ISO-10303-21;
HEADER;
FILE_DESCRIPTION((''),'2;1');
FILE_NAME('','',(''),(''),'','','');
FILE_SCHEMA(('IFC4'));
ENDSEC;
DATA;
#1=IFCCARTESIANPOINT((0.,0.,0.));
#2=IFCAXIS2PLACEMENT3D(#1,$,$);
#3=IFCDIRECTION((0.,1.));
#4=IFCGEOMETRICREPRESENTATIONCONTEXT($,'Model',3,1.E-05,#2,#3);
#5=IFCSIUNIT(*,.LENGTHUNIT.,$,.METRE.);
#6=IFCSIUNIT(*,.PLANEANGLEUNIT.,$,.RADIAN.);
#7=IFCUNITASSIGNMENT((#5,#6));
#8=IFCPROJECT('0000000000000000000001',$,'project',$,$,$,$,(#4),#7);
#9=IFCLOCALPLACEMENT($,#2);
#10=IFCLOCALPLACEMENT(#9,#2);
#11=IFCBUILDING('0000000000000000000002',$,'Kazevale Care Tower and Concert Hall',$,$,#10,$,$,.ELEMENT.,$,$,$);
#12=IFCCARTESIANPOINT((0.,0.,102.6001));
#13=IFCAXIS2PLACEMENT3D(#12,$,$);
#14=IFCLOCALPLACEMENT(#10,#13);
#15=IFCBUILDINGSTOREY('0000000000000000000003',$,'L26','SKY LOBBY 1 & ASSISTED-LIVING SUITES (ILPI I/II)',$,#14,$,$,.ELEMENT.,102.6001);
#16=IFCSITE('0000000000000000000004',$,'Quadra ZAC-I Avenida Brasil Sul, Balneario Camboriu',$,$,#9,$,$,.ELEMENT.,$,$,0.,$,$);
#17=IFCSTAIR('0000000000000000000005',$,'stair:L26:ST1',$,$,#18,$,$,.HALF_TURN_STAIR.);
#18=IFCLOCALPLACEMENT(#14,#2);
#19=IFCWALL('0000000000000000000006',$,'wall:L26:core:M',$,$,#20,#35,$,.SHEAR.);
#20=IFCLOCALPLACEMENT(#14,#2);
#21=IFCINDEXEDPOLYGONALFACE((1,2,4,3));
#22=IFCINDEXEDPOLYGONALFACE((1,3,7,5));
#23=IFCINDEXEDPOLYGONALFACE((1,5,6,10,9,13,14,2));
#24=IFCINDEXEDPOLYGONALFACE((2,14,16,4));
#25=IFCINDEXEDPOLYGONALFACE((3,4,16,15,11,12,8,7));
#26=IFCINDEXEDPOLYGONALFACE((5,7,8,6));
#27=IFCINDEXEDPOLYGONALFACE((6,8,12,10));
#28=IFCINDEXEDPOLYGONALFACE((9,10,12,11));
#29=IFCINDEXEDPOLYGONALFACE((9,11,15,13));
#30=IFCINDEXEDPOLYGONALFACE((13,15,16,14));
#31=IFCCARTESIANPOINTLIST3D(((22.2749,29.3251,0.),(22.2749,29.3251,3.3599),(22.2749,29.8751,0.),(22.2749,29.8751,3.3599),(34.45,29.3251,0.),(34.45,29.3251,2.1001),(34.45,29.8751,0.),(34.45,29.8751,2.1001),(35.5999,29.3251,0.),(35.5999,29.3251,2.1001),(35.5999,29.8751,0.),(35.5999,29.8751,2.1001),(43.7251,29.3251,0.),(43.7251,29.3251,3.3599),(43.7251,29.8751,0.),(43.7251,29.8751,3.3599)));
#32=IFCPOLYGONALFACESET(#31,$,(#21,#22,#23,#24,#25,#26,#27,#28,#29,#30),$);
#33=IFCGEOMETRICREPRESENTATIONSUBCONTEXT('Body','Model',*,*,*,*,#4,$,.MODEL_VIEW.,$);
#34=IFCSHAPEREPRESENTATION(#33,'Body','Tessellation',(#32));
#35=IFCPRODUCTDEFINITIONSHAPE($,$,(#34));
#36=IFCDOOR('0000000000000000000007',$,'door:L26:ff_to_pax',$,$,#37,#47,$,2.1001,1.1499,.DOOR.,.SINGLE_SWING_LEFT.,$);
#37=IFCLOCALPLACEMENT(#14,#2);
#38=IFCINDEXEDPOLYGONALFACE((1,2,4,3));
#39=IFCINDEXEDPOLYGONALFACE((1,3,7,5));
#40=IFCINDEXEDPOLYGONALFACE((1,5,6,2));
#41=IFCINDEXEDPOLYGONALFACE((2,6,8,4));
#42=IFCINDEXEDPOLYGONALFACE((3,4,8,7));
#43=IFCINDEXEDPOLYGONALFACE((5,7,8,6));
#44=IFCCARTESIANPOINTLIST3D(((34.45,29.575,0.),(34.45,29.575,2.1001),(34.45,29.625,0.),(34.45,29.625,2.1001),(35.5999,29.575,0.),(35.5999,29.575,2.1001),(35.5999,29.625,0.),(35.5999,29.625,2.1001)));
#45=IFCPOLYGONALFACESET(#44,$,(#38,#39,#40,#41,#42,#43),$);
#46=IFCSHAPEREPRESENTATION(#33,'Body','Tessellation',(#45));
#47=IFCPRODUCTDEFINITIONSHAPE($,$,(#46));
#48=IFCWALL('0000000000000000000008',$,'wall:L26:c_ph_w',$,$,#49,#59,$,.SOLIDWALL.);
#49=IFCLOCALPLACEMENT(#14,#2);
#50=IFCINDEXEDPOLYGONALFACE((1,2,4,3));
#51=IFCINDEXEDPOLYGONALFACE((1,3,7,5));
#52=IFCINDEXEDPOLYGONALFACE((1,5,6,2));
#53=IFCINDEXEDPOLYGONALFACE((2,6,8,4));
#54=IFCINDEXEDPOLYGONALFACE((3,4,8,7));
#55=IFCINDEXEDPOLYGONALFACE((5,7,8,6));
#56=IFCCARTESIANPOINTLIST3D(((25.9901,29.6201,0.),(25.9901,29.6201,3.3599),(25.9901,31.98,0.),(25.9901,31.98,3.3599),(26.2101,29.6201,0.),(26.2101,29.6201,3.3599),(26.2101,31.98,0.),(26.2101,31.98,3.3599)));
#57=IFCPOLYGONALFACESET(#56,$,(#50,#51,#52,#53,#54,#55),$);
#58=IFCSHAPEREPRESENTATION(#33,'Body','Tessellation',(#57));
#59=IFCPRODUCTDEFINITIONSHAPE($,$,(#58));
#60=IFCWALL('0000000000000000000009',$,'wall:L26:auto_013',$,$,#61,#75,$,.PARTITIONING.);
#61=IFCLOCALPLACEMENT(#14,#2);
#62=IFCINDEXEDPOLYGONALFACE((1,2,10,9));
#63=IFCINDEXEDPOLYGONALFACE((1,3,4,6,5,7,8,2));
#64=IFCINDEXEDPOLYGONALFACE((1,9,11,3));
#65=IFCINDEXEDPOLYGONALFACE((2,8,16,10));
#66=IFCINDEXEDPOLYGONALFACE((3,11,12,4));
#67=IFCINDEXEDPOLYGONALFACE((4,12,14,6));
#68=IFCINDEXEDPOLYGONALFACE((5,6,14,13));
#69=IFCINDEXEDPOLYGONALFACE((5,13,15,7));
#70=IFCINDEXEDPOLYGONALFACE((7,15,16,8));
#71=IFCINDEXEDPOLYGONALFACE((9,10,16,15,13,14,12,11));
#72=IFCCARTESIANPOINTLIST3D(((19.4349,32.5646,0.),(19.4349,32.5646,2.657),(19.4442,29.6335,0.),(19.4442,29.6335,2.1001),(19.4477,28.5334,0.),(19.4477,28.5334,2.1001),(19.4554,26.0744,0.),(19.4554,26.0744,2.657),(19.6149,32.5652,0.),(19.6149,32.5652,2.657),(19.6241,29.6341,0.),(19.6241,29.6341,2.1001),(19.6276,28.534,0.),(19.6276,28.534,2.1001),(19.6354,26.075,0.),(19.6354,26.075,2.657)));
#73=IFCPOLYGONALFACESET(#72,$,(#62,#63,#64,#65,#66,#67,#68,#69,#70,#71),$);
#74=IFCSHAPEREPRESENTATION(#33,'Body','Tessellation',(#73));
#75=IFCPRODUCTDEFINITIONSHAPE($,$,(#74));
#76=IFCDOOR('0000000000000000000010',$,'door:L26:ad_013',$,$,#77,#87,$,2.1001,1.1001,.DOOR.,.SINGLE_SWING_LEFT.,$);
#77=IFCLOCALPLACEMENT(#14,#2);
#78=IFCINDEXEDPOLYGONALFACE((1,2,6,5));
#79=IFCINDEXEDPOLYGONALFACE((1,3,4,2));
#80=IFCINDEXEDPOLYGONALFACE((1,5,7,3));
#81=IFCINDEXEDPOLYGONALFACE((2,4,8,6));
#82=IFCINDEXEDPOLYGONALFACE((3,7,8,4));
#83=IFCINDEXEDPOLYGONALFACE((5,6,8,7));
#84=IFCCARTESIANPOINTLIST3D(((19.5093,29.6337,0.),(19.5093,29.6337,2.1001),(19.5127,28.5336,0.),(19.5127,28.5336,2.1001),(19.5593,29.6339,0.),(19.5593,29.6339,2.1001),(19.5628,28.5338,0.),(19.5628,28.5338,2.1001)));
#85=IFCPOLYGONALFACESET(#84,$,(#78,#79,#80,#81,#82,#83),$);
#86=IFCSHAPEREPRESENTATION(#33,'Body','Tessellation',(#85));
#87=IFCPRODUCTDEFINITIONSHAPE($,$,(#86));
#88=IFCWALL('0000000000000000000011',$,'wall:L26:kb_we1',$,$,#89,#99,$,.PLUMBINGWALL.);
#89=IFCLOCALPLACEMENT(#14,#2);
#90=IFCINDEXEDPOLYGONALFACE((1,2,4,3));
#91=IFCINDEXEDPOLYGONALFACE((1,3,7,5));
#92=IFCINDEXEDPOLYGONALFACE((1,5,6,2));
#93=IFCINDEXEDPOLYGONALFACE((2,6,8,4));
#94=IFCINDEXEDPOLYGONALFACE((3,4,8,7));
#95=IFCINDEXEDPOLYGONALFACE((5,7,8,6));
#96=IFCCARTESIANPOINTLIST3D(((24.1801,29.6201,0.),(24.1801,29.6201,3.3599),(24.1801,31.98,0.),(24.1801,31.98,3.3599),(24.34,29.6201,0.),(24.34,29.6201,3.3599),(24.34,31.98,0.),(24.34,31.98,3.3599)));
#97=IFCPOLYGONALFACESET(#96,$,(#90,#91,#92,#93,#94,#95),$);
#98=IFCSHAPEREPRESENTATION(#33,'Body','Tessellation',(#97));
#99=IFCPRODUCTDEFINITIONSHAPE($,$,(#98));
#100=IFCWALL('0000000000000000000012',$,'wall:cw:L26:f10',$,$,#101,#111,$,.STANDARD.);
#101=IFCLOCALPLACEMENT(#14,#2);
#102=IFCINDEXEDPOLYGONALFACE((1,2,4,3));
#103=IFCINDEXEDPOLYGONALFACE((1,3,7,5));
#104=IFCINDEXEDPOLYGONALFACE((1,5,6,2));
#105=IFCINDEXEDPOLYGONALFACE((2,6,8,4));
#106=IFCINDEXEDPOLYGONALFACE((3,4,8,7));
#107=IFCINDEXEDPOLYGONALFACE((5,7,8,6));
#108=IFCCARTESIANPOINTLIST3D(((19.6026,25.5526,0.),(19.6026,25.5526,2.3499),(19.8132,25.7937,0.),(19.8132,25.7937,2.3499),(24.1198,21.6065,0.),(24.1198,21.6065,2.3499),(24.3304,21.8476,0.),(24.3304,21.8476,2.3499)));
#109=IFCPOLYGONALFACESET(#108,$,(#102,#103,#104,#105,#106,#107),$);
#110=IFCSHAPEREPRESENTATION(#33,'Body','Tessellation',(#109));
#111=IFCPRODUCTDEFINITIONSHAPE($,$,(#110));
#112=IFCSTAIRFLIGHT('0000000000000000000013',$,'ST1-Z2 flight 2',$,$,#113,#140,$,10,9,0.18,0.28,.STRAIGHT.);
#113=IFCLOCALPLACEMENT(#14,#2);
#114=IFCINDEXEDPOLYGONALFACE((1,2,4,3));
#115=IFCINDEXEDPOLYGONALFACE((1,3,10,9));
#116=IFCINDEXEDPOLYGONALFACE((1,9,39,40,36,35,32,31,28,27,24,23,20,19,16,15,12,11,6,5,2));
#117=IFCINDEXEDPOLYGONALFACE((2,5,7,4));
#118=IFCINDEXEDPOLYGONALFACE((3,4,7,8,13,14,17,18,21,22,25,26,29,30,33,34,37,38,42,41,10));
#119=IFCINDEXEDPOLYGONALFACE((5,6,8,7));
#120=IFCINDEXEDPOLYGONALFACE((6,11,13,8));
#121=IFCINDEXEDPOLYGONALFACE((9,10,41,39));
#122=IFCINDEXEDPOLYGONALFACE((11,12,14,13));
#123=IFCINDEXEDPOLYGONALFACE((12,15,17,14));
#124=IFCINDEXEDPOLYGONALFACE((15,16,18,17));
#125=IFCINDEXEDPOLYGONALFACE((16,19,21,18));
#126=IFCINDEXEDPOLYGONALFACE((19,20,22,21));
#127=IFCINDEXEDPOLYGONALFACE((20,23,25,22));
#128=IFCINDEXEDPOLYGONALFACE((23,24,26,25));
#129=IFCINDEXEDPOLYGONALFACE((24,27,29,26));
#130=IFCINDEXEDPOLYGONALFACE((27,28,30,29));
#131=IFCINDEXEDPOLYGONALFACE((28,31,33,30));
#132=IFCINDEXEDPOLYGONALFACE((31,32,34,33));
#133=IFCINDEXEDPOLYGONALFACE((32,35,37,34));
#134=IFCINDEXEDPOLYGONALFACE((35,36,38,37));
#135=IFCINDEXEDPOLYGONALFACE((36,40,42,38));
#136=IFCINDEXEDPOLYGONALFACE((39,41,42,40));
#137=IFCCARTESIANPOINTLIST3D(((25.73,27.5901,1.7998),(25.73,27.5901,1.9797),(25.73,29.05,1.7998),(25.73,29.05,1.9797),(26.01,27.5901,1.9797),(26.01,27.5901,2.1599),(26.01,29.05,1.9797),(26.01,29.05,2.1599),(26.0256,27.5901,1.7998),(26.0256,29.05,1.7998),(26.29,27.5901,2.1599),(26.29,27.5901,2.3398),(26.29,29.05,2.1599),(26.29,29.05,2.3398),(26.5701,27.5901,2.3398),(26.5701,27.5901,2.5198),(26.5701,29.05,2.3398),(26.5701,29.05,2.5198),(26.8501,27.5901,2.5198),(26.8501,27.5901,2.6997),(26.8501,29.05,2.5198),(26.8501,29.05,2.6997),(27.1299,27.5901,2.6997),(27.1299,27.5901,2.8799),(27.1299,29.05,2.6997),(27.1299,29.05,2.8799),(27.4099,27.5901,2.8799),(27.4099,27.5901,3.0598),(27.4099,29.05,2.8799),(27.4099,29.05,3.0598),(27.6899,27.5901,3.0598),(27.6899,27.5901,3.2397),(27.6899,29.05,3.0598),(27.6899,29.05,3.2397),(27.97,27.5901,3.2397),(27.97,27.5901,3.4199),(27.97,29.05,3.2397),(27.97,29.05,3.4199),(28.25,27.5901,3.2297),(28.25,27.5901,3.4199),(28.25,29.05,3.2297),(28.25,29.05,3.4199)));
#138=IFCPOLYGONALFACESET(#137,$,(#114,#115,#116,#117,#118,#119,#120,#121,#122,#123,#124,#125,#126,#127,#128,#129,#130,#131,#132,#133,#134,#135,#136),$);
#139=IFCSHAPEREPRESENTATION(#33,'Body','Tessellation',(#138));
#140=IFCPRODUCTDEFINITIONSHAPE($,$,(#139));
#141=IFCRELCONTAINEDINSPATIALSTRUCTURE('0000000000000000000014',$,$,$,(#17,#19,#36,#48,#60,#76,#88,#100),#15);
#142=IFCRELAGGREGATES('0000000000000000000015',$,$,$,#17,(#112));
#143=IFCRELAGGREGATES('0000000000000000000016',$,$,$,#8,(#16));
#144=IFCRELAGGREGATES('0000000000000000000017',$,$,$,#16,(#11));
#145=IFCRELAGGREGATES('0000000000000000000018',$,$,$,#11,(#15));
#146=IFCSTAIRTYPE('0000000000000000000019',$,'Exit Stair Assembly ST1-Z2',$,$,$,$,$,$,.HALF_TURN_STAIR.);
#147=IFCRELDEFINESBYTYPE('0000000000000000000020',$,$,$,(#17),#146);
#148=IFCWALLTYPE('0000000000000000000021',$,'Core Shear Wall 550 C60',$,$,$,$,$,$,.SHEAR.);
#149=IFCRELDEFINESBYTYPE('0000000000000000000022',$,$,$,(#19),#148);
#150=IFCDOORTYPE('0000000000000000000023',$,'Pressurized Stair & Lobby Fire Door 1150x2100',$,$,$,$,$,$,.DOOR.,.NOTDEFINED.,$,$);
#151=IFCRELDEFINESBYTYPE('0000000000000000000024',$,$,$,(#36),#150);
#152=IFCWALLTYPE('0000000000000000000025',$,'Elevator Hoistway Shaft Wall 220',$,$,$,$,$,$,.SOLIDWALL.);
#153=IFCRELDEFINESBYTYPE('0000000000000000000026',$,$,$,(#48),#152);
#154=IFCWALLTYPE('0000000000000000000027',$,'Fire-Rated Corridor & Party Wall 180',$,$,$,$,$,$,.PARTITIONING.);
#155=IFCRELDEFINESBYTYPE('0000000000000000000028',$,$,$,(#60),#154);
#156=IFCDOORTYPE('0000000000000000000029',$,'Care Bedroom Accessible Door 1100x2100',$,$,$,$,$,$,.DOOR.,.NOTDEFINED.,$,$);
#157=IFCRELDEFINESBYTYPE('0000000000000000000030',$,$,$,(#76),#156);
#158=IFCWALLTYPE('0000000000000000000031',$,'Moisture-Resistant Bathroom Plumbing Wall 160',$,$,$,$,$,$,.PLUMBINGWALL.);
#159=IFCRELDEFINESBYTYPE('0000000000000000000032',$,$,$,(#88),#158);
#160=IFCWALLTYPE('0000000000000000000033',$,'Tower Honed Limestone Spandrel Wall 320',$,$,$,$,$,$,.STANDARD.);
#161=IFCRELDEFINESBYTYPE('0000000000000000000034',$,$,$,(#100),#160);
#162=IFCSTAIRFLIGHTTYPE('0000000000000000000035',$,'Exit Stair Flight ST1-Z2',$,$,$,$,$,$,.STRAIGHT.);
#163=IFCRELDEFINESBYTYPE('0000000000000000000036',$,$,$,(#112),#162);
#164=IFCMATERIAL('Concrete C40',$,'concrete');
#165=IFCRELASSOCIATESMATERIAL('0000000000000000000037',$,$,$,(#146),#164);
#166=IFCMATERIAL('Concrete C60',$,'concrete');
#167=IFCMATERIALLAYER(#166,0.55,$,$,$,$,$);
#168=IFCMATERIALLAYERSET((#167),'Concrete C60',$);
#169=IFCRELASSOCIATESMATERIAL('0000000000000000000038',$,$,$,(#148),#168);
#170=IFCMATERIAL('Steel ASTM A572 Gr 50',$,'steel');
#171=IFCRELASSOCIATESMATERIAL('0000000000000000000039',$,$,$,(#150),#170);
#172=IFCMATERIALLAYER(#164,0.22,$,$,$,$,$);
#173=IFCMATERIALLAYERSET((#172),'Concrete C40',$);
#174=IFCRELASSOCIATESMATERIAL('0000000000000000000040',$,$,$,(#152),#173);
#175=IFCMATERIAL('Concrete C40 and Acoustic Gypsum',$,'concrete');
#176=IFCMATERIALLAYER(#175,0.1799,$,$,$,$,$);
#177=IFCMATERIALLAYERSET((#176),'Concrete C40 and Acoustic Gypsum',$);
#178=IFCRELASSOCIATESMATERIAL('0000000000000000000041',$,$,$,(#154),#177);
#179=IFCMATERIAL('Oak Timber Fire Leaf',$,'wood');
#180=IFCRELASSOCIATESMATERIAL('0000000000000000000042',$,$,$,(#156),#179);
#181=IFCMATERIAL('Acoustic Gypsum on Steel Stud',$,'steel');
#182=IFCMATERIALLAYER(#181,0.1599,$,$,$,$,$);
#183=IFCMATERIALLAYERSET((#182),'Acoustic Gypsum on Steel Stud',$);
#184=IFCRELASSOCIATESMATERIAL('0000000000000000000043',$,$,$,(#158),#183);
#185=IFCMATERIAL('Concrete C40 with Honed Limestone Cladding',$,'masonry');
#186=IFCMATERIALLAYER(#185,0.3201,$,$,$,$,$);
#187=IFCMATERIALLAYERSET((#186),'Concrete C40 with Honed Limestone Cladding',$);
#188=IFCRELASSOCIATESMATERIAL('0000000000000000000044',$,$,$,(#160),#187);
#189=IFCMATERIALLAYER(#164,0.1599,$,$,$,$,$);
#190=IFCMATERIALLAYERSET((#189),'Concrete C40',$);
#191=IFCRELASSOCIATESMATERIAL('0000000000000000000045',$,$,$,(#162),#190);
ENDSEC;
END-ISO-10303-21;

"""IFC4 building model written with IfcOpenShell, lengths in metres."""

from ifc_helpers import new_model, si_unit, direction, frame, frame_2d, origin, place, context, subcontext, project, spatial, polyline, rectangle, outline, extrude, material, layer, layer_set, type_object, element, fill, aggregate, save


model = new_model("IFC4")

# Units and contexts
model_context = context("Model", 3, precision=1e-05, world=origin(), true_north=direction((0.0, 1.0)))
body_context = subcontext(model_context, "Body", "Model", "MODEL_VIEW")
ifc_project = project(units=[si_unit("LENGTHUNIT", "METRE"), si_unit("PLANEANGLEUNIT", "RADIAN")], contexts=[model_context])

# Site, building, storey
site_placement = place(None, origin())
site = spatial("IfcSite", under=ifc_project, at=site_placement, Name="Quadra ZAC-I Avenida Brasil Sul, Balneario Camboriu", CompositionType="ELEMENT", RefElevation=0.0)
building_placement = place(site_placement, origin())
building = spatial("IfcBuilding", under=site, at=building_placement, Name="Kazevale Care Tower and Concert Hall", CompositionType="ELEMENT")
storey_placement = place(building_placement, frame((0.0, 0.0, 102.6001)))
storey = spatial("IfcBuildingStorey", under=building, at=storey_placement, Name="L26", Description="SKY LOBBY 1 & ASSISTED-LIVING SUITES (ILPI I/II)", CompositionType="ELEMENT", Elevation=102.6001)

# Shared definitions
ifc_material_1 = material(Name="Concrete C60", Category="concrete")

# Shared definitions
ifc_material_2 = material(Name="Steel ASTM A572 Gr 50", Category="steel")

# Shared definitions
ifc_material_3 = material(Name="Concrete C40", Category="concrete")

# Stair
stair_type = type_object("IfcStairType", Name="Exit Stair Assembly ST1-Z2", PredefinedType="HALF_TURN_STAIR", material=ifc_material_3)
stair_1_placement = place(storey_placement, origin())
stair_1 = element("IfcStair", 1, at=stair_1_placement, inside=storey, type_object=stair_type, Name="stair:L26:ST1", PredefinedType="HALF_TURN_STAIR")

# Shared definitions
ifc_layer_1 = layer(ifc_material_1, 0.55)
ifc_layer_set_1 = layer_set([ifc_layer_1], Name="Concrete C60")
wall_type_1 = type_object("IfcWallType", Name="Core Shear Wall 550 C60", PredefinedType="SHEAR", material=ifc_layer_set_1)

# Wall, opening, door
wall_1_placement = place(storey_placement, frame((22.2749, 29.6001, 0.0), z_axis=(0.0, 0.0, 1.0), x_axis=(1.0, 0.0, 0.0)))
wall_1 = element("IfcWall", 2, at=wall_1_placement, inside=storey, type_object=wall_type_1, Name="wall:L26:core:M", PredefinedType="SHEAR", context=body_context, shape_type="SweptSolid", body=[
    extrude(rectangle(XDim=21.4502, YDim=0.55, at=frame_2d((10.7251, 0.0))), origin(), (0.0, 0.0, 1.0), 3.3599),
])
opening_1_placement = place(wall_1_placement, frame((12.175, 0.0, 0.0)))
opening_1 = element("IfcOpeningElement", 3, at=opening_1_placement, cuts=wall_1, PredefinedType="OPENING", context=body_context, shape_type="SweptSolid", body=[
    extrude(rectangle(XDim=1.1499, YDim=2.1001, at=frame_2d((0.575, 1.05))), frame((0.0, 0.2849, 0.0), z_axis=(0.0, -1.0, 0.0), x_axis=(1.0, 0.0, 0.0)), (0.0, 0.0, 1.0), 0.5701),
])
door_type_1 = type_object("IfcDoorType", Name="Pressurized Stair & Lobby Fire Door 1150x2100", OperationType="NOTDEFINED", PredefinedType="DOOR", material=ifc_material_2)
door_1_placement = place(opening_1_placement, origin())
door_1 = element("IfcDoor", 4, at=door_1_placement, inside=storey, type_object=door_type_1, Name="door:L26:ff_to_pax", OperationType="SINGLE_SWING_LEFT", OverallHeight=2.1001, OverallWidth=1.1499, PredefinedType="DOOR", context=body_context, shape_type="SweptSolid", body=[
    extrude(rectangle(XDim=1.1499, YDim=2.1001, at=frame_2d((0.575, 1.05))), frame((0.0, 0.0249, 0.0), z_axis=(0.0, -1.0, 0.0), x_axis=(1.0, 0.0, 0.0)), (0.0, 0.0, 1.0), 0.05),
])
fill(opening_1, door_1)

# Wall
ifc_layer_2 = layer(ifc_material_3, 0.22)
ifc_layer_set_2 = layer_set([ifc_layer_2], Name="Concrete C40")
wall_type_2 = type_object("IfcWallType", Name="Elevator Hoistway Shaft Wall 220", PredefinedType="SOLIDWALL", material=ifc_layer_set_2)
wall_2_placement = place(storey_placement, frame((26.1001, 29.6201, 0.0), z_axis=(0.0, 0.0, 1.0), x_axis=(0.0, 1.0, 0.0)))
element("IfcWall", 5, at=wall_2_placement, inside=storey, type_object=wall_type_2, Name="wall:L26:c_ph_w", PredefinedType="SOLIDWALL", context=body_context, shape_type="SweptSolid", body=[
    extrude(rectangle(XDim=2.3599, YDim=0.22, at=frame_2d((1.1799, 0.0))), origin(), (0.0, 0.0, 1.0), 3.3599),
])

# Wall, opening, door
ifc_material_4 = material(Name="Concrete C40 and Acoustic Gypsum", Category="concrete")
ifc_layer_3 = layer(ifc_material_4, 0.1799)
ifc_layer_set_3 = layer_set([ifc_layer_3], Name="Concrete C40 and Acoustic Gypsum")
wall_type_3 = type_object("IfcWallType", Name="Fire-Rated Corridor & Party Wall 180", PredefinedType="PARTITIONING", material=ifc_layer_set_3)
wall_3_placement = place(storey_placement, frame((19.5454, 26.0747, 0.0), z_axis=(0.0, 0.0, 1.0), x_axis=(-0.00316, 0.999995, 0.0)))
wall_3 = element("IfcWall", 6, at=wall_3_placement, inside=storey, type_object=wall_type_3, Name="wall:L26:auto_013", PredefinedType="PARTITIONING", context=body_context, shape_type="SweptSolid", body=[
    extrude(rectangle(XDim=6.4902, YDim=0.1799, at=frame_2d((3.2451, 0.0))), origin(), (0.0, 0.0, 1.0), 2.657),
])
opening_2_placement = place(wall_3_placement, frame((2.459, 0.0, 0.0)))
opening_2 = element("IfcOpeningElement", 7, at=opening_2_placement, cuts=wall_3, PredefinedType="OPENING", context=body_context, shape_type="SweptSolid", body=[
    extrude(rectangle(XDim=1.1001, YDim=2.1001, at=frame_2d((0.55, 1.05))), frame((0.0, 0.0999, 0.0), z_axis=(0.0, -1.0, 0.0), x_axis=(1.0, 0.0, 0.0)), (0.0, 0.0, 1.0), 0.2),
])
ifc_material_5 = material(Name="Oak Timber Fire Leaf", Category="wood")
door_type_2 = type_object("IfcDoorType", Name="Care Bedroom Accessible Door 1100x2100", OperationType="NOTDEFINED", PredefinedType="DOOR", material=ifc_material_5)
door_2_placement = place(opening_2_placement, origin())
door_2 = element("IfcDoor", 8, at=door_2_placement, inside=storey, type_object=door_type_2, Name="door:L26:ad_013", OperationType="SINGLE_SWING_LEFT", OverallHeight=2.1001, OverallWidth=1.1001, PredefinedType="DOOR", context=body_context, shape_type="SweptSolid", body=[
    extrude(rectangle(XDim=1.1001, YDim=2.1001, at=frame_2d((0.55, 1.05))), frame((0.0, 0.0249, 0.0), z_axis=(0.0, -1.0, 0.0), x_axis=(1.0, 0.0, 0.0)), (0.0, 0.0, 1.0), 0.05),
])
fill(opening_2, door_2)

# Walls
ifc_material_6 = material(Name="Acoustic Gypsum on Steel Stud", Category="steel")
ifc_layer_4 = layer(ifc_material_6, 0.1599)
ifc_layer_set_4 = layer_set([ifc_layer_4], Name="Acoustic Gypsum on Steel Stud")
wall_type_4 = type_object("IfcWallType", Name="Moisture-Resistant Bathroom Plumbing Wall 160", PredefinedType="PLUMBINGWALL", material=ifc_layer_set_4)
wall_4_placement = place(storey_placement, frame((24.26, 29.6201, 0.0), z_axis=(0.0, 0.0, 1.0), x_axis=(0.0, 1.0, 0.0)))
element("IfcWall", 9, at=wall_4_placement, inside=storey, type_object=wall_type_4, Name="wall:L26:kb_we1", PredefinedType="PLUMBINGWALL", context=body_context, shape_type="SweptSolid", body=[
    extrude(rectangle(XDim=2.3599, YDim=0.1599, at=frame_2d((1.1799, 0.0))), origin(), (0.0, 0.0, 1.0), 3.3599),
])
ifc_material_7 = material(Name="Concrete C40 with Honed Limestone Cladding", Category="masonry")
ifc_layer_5 = layer(ifc_material_7, 0.3201)
ifc_layer_set_5 = layer_set([ifc_layer_5], Name="Concrete C40 with Honed Limestone Cladding")
wall_type_5 = type_object("IfcWallType", Name="Tower Honed Limestone Spandrel Wall 320", PredefinedType="STANDARD", material=ifc_layer_set_5)
wall_5_placement = place(storey_placement, frame((24.2251, 21.7271, 0.0), z_axis=(0.0, 0.0, 1.0), x_axis=(-0.753106, 0.657899, 0.0)))
element("IfcWall", 10, at=wall_5_placement, inside=storey, type_object=wall_type_5, Name="wall:cw:L26:f10", PredefinedType="STANDARD", context=body_context, shape_type="SweptSolid", body=[
    extrude(rectangle(XDim=5.998, YDim=0.3201, at=frame_2d((2.999, 0.0))), origin(), (0.0, 0.0, 1.0), 2.3499),
])

# Stair flight
ifc_layer_6 = layer(ifc_material_3, 0.1599)
ifc_layer_set_6 = layer_set([ifc_layer_6], Name="Concrete C40")
stair_flight_type = type_object("IfcStairFlightType", Name="Exit Stair Flight ST1-Z2", PredefinedType="STRAIGHT", material=ifc_layer_set_6)
stair_flight_placement = place(storey_placement, frame((25.73, 28.3201, 1.7998), z_axis=(0.0, 0.0, 1.0), x_axis=(1.0, 0.0, 0.0)))
stair_flight = element("IfcStairFlight", 11, at=stair_flight_placement, type_object=stair_flight_type, Name="ST1-Z2 flight 2", NumberOfRisers=10, NumberOfTreads=9, PredefinedType="STRAIGHT", RiserHeight=0.18, TreadLength=0.28, context=body_context, shape_type="SweptSolid", body=[
    extrude(outline(polyline([(0.0, 0.0), (0.0, 0.1799), (0.28, 0.1799), (0.28, 0.3601), (0.5601, 0.3601), (0.5601, 0.54), (0.8401, 0.54), (0.8401, 0.72), (1.1201, 0.72), (1.1201, 0.8999), (1.3999, 0.8999), (1.3999, 1.0801), (1.6799, 1.0801), (1.6799, 1.26), (1.96, 1.26), (1.96, 1.4399), (2.24, 1.4399), (2.24, 1.6201), (2.52, 1.6201), (2.52, 1.8), (2.52, 1.4299), (0.2957, 0.0), (0.0, 0.0)])), frame((0.0, 0.73, 0.0), z_axis=(0.0, -1.0, 0.0), x_axis=(1.0, 0.0, 0.0)), (0.0, 0.0, 1.0), 1.46),
])
aggregate(stair_1, [stair_flight])

save(model, "model.ifc")
